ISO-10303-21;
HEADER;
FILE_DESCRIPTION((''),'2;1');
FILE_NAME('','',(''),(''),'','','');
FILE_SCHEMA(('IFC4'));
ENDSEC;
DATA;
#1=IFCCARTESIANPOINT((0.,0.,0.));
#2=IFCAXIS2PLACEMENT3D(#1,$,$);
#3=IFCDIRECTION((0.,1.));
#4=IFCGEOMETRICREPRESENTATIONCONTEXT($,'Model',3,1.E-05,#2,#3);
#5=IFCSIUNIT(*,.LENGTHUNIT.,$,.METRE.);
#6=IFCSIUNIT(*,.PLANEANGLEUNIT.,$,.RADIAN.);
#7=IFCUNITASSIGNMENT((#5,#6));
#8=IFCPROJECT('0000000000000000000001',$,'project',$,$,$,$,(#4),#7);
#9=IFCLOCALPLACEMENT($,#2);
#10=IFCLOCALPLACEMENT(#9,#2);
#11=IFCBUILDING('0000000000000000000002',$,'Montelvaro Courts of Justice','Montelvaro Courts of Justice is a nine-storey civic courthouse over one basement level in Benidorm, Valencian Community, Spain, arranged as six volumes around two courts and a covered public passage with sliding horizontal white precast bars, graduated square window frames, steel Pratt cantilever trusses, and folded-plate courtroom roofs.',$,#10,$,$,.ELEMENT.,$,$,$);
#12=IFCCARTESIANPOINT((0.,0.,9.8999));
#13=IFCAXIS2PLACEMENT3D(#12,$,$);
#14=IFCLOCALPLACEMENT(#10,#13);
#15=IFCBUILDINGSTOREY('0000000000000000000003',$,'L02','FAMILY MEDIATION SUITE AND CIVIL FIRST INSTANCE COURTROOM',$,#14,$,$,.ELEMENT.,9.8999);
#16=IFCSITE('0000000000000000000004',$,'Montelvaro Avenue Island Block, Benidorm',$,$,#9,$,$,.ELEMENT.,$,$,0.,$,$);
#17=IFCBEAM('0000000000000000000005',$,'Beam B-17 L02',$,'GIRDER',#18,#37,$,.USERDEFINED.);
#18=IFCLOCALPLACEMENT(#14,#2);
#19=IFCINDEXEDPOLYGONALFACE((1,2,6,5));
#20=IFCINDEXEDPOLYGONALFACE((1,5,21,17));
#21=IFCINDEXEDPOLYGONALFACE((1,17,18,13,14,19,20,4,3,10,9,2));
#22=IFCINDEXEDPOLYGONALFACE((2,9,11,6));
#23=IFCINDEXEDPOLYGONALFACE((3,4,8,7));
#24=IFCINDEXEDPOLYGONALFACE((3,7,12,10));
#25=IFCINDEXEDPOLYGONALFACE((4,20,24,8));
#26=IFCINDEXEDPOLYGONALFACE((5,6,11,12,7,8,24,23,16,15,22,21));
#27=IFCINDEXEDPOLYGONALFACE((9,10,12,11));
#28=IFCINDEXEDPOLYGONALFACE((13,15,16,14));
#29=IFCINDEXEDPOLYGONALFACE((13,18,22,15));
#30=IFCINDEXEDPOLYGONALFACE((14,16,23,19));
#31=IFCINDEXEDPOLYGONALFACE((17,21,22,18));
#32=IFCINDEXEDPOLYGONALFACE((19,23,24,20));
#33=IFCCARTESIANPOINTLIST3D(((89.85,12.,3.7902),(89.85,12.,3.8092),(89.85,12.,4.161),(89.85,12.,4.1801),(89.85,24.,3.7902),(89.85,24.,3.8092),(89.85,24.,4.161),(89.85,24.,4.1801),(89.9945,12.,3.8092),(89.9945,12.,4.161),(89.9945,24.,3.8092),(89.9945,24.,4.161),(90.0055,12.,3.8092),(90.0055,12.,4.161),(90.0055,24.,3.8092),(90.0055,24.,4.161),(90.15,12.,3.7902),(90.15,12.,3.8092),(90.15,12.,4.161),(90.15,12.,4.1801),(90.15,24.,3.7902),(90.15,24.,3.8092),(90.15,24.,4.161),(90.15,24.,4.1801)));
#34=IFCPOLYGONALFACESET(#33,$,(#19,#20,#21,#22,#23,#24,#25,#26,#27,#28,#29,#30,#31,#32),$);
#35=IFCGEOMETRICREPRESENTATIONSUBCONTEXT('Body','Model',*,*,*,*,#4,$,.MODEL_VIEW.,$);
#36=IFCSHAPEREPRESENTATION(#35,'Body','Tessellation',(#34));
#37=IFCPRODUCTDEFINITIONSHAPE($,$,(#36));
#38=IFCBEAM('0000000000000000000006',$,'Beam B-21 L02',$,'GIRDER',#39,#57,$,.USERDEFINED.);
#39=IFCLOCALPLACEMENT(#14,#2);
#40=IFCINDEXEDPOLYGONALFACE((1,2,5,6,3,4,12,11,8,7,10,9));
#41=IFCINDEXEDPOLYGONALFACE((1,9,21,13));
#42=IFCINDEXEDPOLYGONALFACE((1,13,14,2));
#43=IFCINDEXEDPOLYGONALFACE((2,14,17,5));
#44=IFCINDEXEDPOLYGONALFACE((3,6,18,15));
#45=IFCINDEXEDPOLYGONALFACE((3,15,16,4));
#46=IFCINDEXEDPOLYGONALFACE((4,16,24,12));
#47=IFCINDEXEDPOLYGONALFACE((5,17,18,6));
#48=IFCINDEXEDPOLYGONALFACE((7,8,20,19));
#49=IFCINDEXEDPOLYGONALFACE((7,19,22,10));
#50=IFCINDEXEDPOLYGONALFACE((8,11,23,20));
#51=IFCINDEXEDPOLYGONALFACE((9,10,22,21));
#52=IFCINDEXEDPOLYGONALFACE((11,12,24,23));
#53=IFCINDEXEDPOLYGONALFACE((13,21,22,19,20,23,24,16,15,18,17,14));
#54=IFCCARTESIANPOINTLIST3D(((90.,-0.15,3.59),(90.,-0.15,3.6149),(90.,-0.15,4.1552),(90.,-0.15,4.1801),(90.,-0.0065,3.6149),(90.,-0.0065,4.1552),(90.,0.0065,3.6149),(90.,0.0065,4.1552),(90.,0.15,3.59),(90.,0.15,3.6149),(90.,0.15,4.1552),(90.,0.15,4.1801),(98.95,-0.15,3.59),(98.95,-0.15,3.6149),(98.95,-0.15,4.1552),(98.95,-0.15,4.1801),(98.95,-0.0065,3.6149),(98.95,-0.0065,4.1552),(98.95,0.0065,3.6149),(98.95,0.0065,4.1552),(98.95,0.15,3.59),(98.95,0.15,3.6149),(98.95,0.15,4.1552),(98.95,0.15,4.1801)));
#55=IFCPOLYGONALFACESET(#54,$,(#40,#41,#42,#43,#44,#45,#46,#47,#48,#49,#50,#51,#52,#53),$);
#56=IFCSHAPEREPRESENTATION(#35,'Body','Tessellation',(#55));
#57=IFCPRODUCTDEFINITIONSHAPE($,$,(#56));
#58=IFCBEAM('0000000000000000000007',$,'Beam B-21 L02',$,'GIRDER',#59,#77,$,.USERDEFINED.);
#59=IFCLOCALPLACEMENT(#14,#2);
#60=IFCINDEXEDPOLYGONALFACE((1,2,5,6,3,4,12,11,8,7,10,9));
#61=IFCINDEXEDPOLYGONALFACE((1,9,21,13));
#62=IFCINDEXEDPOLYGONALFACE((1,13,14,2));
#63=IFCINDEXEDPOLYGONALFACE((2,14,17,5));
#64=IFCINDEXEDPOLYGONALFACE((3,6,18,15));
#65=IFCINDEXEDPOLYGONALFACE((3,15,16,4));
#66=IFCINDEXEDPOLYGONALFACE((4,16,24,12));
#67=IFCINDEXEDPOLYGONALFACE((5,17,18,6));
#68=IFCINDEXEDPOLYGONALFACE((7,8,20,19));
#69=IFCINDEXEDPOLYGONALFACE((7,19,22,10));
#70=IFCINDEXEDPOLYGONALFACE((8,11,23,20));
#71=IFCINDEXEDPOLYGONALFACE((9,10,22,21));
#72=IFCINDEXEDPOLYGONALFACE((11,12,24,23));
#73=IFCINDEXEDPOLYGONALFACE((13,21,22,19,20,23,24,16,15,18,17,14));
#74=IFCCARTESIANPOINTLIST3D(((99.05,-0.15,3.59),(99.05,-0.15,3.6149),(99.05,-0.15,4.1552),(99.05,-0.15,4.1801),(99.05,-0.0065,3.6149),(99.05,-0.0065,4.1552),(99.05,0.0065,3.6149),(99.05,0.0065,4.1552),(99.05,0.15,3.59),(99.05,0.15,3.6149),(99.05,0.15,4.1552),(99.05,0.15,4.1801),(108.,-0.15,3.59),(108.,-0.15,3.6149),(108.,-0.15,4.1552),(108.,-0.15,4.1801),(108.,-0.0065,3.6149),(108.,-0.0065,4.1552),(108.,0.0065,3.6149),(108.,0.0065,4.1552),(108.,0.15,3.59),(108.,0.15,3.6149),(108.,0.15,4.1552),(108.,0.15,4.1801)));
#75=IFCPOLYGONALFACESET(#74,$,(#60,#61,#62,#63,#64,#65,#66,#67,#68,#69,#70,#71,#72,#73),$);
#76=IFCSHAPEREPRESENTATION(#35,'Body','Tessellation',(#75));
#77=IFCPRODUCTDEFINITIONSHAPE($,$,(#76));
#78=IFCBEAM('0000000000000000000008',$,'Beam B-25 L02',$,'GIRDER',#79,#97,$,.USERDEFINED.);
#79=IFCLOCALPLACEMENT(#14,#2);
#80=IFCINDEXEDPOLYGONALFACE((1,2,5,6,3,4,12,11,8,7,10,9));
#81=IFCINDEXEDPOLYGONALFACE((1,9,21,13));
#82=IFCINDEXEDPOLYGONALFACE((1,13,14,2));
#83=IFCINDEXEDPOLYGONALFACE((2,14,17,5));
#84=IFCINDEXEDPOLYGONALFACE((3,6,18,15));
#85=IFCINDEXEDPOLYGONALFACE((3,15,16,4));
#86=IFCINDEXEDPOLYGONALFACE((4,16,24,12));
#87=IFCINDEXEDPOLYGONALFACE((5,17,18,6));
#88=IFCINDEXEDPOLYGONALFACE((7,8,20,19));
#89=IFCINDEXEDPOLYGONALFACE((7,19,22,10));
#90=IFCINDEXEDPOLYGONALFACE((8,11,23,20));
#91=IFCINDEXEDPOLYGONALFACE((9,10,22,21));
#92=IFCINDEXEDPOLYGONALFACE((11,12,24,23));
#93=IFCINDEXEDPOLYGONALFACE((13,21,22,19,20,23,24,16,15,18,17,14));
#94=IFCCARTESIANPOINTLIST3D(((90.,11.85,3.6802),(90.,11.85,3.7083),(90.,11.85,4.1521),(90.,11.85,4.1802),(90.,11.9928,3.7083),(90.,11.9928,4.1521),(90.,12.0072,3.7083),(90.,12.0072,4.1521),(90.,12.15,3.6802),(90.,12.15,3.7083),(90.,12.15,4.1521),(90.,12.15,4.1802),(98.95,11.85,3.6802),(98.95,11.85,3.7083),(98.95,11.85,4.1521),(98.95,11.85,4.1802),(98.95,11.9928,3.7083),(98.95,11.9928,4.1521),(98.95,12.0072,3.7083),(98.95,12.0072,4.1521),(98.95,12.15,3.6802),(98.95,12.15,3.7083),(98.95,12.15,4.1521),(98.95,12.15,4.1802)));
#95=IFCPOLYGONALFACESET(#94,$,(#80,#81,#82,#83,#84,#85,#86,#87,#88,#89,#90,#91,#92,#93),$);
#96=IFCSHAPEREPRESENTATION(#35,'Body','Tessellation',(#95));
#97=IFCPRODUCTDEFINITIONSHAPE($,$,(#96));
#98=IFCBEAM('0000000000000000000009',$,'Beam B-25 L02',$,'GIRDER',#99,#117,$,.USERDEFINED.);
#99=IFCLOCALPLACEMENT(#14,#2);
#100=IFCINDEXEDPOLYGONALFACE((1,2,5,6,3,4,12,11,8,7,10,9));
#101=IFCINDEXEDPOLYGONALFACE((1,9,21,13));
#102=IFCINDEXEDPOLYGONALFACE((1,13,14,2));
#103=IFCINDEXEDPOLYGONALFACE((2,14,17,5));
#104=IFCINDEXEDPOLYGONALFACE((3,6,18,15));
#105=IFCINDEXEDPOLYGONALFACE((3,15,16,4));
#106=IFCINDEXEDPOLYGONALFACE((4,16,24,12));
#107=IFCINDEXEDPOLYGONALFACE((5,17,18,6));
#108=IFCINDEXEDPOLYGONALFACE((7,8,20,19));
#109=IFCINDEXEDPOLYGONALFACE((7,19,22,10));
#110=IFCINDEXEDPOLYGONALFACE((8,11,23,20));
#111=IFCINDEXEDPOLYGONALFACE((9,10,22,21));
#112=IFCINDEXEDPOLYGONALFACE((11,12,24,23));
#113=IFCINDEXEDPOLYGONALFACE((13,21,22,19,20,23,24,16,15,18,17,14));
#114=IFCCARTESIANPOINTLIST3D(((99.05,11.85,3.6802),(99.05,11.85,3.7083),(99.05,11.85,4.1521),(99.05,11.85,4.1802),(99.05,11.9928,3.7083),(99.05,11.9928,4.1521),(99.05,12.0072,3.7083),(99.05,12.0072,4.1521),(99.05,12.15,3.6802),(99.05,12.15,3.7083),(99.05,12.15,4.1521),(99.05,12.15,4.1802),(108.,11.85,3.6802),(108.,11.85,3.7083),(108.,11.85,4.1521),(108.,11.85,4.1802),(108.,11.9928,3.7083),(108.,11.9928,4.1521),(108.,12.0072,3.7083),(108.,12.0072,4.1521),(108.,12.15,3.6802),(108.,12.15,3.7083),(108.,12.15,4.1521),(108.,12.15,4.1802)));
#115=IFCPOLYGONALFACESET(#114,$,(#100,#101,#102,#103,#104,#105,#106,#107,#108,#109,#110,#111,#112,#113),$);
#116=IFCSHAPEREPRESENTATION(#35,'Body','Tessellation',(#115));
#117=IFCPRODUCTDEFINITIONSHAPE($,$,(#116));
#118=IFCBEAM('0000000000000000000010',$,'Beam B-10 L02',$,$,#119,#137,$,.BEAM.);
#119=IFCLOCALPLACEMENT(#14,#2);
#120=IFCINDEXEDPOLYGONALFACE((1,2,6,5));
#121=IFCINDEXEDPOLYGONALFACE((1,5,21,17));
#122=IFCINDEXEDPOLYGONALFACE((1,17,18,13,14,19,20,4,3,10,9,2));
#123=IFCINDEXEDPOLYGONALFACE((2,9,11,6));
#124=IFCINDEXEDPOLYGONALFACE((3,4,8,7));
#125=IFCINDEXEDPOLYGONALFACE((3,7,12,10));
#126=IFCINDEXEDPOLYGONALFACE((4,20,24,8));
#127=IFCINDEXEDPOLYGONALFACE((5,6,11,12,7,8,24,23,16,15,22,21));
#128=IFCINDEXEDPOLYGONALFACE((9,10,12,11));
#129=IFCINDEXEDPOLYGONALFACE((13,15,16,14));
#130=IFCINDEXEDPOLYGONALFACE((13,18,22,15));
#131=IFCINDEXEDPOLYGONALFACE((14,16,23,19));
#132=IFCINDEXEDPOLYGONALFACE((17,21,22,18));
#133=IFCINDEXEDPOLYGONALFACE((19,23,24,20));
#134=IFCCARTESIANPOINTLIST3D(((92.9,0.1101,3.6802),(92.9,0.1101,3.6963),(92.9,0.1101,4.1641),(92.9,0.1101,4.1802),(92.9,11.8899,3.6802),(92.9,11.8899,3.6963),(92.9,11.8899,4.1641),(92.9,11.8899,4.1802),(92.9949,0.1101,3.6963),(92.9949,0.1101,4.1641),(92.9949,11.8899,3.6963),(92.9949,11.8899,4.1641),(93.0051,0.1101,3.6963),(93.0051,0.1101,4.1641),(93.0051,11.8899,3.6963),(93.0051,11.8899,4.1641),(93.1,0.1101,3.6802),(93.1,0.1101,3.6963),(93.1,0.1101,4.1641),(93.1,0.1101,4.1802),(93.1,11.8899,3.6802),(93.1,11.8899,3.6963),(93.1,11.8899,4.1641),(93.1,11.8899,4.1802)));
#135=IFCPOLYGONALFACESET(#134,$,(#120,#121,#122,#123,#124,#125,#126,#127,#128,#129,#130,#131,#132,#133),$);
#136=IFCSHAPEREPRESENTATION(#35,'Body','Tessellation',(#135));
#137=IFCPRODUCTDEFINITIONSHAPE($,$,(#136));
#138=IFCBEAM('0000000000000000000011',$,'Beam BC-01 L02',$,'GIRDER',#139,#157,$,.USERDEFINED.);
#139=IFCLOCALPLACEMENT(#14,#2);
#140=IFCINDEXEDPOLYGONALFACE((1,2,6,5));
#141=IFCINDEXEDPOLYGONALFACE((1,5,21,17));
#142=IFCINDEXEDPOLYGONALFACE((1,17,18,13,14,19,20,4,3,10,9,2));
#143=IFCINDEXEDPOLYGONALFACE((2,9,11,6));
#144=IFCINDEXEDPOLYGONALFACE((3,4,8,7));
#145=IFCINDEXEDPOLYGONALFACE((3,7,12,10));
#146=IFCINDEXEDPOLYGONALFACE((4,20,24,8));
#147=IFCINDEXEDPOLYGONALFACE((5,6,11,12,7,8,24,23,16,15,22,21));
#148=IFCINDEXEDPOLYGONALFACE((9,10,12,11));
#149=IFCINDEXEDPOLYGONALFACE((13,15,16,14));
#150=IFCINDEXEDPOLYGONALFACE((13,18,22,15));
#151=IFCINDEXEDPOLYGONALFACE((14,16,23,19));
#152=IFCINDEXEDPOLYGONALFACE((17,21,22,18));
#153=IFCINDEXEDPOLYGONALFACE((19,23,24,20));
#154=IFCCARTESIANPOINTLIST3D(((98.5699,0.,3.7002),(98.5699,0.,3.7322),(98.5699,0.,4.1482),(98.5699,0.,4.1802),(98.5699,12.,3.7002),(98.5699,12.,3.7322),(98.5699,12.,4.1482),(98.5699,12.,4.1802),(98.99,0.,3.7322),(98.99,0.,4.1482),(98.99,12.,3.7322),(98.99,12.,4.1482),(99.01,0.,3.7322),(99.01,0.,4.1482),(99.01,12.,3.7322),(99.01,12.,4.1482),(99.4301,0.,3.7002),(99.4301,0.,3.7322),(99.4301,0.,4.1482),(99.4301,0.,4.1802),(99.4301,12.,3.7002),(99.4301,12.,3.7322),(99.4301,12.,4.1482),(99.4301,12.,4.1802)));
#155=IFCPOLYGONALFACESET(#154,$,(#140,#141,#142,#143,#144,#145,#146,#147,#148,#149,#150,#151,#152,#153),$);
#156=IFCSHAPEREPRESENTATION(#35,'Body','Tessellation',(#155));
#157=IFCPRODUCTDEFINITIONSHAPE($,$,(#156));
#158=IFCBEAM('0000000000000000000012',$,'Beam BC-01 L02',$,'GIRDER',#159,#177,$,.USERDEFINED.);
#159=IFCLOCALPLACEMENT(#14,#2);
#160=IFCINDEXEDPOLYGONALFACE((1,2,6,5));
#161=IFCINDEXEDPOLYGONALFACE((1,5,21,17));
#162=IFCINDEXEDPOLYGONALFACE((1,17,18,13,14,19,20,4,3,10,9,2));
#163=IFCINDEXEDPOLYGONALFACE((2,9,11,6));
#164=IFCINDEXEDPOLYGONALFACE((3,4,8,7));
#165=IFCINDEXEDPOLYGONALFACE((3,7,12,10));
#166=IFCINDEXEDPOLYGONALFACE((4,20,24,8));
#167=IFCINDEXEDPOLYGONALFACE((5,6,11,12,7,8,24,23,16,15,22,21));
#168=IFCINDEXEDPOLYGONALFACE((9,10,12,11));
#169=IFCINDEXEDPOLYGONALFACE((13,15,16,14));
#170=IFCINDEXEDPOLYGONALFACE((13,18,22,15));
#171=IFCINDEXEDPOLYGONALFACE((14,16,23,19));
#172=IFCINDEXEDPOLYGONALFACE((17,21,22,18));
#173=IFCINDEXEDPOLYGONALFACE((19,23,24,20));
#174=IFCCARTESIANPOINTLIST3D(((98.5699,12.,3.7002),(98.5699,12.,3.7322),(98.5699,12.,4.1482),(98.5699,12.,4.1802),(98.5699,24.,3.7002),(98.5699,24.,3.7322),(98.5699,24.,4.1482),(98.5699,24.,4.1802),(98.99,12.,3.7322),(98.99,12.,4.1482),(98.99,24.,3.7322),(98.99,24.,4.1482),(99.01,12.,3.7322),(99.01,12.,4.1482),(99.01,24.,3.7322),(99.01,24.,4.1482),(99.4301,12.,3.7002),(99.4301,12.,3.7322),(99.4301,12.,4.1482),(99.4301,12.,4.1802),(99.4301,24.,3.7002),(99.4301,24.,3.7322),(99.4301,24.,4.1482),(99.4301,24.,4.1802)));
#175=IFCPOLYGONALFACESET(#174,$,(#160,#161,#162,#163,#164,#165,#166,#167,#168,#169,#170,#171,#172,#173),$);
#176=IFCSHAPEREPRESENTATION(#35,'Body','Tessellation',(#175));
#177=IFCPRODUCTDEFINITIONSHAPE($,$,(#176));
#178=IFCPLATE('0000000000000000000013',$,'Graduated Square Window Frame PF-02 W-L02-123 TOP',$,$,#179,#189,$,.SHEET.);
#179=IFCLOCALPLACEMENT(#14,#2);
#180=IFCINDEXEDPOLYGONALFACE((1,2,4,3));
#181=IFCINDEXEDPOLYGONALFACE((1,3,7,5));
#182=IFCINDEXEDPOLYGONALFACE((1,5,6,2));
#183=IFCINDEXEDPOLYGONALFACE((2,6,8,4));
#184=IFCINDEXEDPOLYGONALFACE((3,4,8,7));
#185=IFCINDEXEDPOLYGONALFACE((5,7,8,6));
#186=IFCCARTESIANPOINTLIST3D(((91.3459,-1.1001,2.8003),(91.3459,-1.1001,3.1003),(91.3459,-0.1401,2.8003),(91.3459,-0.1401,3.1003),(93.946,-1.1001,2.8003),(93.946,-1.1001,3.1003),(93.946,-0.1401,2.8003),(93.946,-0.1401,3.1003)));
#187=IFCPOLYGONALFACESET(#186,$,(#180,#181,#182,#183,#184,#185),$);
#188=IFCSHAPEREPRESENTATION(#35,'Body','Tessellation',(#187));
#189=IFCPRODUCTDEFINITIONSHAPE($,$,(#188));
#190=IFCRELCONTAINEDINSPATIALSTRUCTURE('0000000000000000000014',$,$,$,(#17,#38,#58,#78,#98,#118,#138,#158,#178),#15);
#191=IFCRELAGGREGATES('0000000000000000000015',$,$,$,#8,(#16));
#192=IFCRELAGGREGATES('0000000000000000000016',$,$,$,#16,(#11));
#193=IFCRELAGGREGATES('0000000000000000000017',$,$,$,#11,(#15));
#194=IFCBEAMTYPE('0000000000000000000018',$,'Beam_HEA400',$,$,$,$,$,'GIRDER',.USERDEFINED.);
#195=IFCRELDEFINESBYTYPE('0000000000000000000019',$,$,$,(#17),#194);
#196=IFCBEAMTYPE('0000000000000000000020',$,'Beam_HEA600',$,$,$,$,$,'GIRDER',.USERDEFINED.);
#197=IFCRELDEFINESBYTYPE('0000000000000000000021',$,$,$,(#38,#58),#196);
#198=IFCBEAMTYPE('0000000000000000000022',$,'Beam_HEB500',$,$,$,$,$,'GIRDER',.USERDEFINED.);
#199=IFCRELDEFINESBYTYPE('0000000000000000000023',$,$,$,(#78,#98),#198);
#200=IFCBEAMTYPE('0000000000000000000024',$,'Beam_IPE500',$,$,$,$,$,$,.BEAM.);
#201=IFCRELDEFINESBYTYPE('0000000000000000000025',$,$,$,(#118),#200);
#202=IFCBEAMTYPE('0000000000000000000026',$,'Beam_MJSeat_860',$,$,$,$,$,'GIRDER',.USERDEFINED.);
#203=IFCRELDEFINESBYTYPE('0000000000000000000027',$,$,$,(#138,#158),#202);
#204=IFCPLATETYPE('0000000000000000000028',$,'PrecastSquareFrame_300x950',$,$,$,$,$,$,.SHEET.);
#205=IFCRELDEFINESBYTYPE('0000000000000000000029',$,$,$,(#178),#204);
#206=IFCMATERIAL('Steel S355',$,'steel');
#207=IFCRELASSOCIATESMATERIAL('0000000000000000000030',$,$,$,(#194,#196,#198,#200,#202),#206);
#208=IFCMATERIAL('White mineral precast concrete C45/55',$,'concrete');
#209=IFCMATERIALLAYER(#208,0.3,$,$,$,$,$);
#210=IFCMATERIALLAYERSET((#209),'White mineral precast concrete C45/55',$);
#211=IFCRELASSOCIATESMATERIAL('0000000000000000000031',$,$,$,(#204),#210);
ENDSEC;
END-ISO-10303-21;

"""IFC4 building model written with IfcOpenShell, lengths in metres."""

from ifc_helpers import new_model, si_unit, direction, frame, origin, origin_2d, place, context, subcontext, project, spatial, rectangle, i_section, extrude, material, layer, layer_set, material_profile, profile_set, type_object, element, save


model = new_model("IFC4")

# Units and contexts
model_context = context("Model", 3, precision=1e-05, world=origin(), true_north=direction((0.0, 1.0)))
body_context = subcontext(model_context, "Body", "Model", "MODEL_VIEW")
ifc_project = project(units=[si_unit("LENGTHUNIT", "METRE"), si_unit("PLANEANGLEUNIT", "RADIAN")], contexts=[model_context])

# Site, building, storey
site_placement = place(None, origin())
site = spatial("IfcSite", under=ifc_project, at=site_placement, Name="Montelvaro Avenue Island Block, Benidorm", CompositionType="ELEMENT", RefElevation=0.0)
building_placement = place(site_placement, origin())
building = spatial("IfcBuilding", under=site, at=building_placement, Name="Montelvaro Courts of Justice", Description="Montelvaro Courts of Justice is a nine-storey civic courthouse over one basement level in Benidorm, Valencian Community, Spain, arranged as six volumes around two courts and a covered public passage with sliding horizontal white precast bars, graduated square window frames, steel Pratt cantilever trusses, and folded-plate courtroom roofs.", CompositionType="ELEMENT")
storey_placement = place(building_placement, frame((0.0, 0.0, 9.8999)))
storey = spatial("IfcBuildingStorey", under=building, at=storey_placement, Name="L02", Description="FAMILY MEDIATION SUITE AND CIVIL FIRST INSTANCE COURTROOM", CompositionType="ELEMENT", Elevation=9.8999)

# Shared definitions
ifc_material_1 = material(Name="Steel S355", Category="steel")

# Beams
ifc_material_profile_1 = material_profile(ifc_material_1, i_section(OverallWidth=0.3, OverallDepth=0.3899, WebThickness=0.011, FlangeThickness=0.019, at=origin_2d()), Name="HEA 400")
ifc_profile_set_1 = profile_set([ifc_material_profile_1], Name="Steel S355")
beam_type_1 = type_object("IfcBeamType", Name="Beam_HEA400", ElementType="GIRDER", PredefinedType="USERDEFINED", material=ifc_profile_set_1)
for number, where, z_axis, x_axis, name in (
    (1, (90.0, 12.0, 3.9851), (0.0, 1.0, 0.0), (-1.0, 0.0, 0.0), "Beam B-17 L02"),
):
    element("IfcBeam", number, at=place(storey_placement, frame(where, z_axis=z_axis, x_axis=x_axis)), inside=storey, type_object=beam_type_1, Name=name, ObjectType="GIRDER", PredefinedType="USERDEFINED", context=body_context, shape_type="SweptSolid", body=[
        extrude(i_section(OverallWidth=0.3, OverallDepth=0.3899, WebThickness=0.011, FlangeThickness=0.019, at=origin_2d()), origin(), (0.0, 0.0, 1.0), 12.0),
    ])
ifc_material_profile_2 = material_profile(ifc_material_1, i_section(OverallWidth=0.3, OverallDepth=0.5901, WebThickness=0.0129, FlangeThickness=0.0249, at=origin_2d()), Name="HEA 600")
ifc_profile_set_2 = profile_set([ifc_material_profile_2], Name="Steel S355")
beam_type_2 = type_object("IfcBeamType", Name="Beam_HEA600", ElementType="GIRDER", PredefinedType="USERDEFINED", material=ifc_profile_set_2)
for number, where, z_axis, x_axis, name in (
    (2, (90.0, 0.0, 3.885), (1.0, 0.0, 0.0), (0.0, 1.0, 0.0), "Beam B-21 L02"),
    (3, (99.05, 0.0, 3.885), (1.0, 0.0, 0.0), (0.0, 1.0, 0.0), "Beam B-21 L02"),
):
    element("IfcBeam", number, at=place(storey_placement, frame(where, z_axis=z_axis, x_axis=x_axis)), inside=storey, type_object=beam_type_2, Name=name, ObjectType="GIRDER", PredefinedType="USERDEFINED", context=body_context, shape_type="SweptSolid", body=[
        extrude(i_section(OverallWidth=0.3, OverallDepth=0.5901, WebThickness=0.0129, FlangeThickness=0.0249, at=origin_2d()), origin(), (0.0, 0.0, 1.0), 8.95),
    ])
ifc_material_profile_3 = material_profile(ifc_material_1, i_section(OverallWidth=0.3, OverallDepth=0.5, WebThickness=0.0144, FlangeThickness=0.0281, at=origin_2d()), Name="HEB 500")
ifc_profile_set_3 = profile_set([ifc_material_profile_3], Name="Steel S355")
beam_type_3 = type_object("IfcBeamType", Name="Beam_HEB500", ElementType="GIRDER", PredefinedType="USERDEFINED", material=ifc_profile_set_3)
for number, where, z_axis, x_axis, name in (
    (4, (90.0, 12.0, 3.9302), (1.0, 0.0, 0.0), (0.0, 1.0, 0.0), "Beam B-25 L02"),
    (5, (99.05, 12.0, 3.9302), (1.0, 0.0, 0.0), (0.0, 1.0, 0.0), "Beam B-25 L02"),
):
    element("IfcBeam", number, at=place(storey_placement, frame(where, z_axis=z_axis, x_axis=x_axis)), inside=storey, type_object=beam_type_3, Name=name, ObjectType="GIRDER", PredefinedType="USERDEFINED", context=body_context, shape_type="SweptSolid", body=[
        extrude(i_section(OverallWidth=0.3, OverallDepth=0.5, WebThickness=0.0144, FlangeThickness=0.0281, at=origin_2d()), origin(), (0.0, 0.0, 1.0), 8.95),
    ])
ifc_material_profile_4 = material_profile(ifc_material_1, i_section(OverallWidth=0.2, OverallDepth=0.5, WebThickness=0.0103, FlangeThickness=0.0161, at=origin_2d()), Name="IPE 500")
ifc_profile_set_4 = profile_set([ifc_material_profile_4], Name="Steel S355")
beam_type_4 = type_object("IfcBeamType", Name="Beam_IPE500", PredefinedType="BEAM", material=ifc_profile_set_4)
beam_1_placement = place(storey_placement, frame((93.0, 0.1101, 3.9302), z_axis=(0.0, 1.0, 0.0), x_axis=(-1.0, 0.0, 0.0)))
element("IfcBeam", 6, at=beam_1_placement, inside=storey, type_object=beam_type_4, Name="Beam B-10 L02", PredefinedType="BEAM", context=body_context, shape_type="SweptSolid", body=[
    extrude(i_section(OverallWidth=0.2, OverallDepth=0.5, WebThickness=0.0103, FlangeThickness=0.0161, at=origin_2d()), origin(), (0.0, 0.0, 1.0), 11.7798),
])
ifc_material_profile_5 = material_profile(ifc_material_1, i_section(OverallWidth=0.8601, OverallDepth=0.48, WebThickness=0.02, FlangeThickness=0.032, at=origin_2d()), Name="HL 480x860")
ifc_profile_set_5 = profile_set([ifc_material_profile_5], Name="Steel S355")
beam_type_5 = type_object("IfcBeamType", Name="Beam_MJSeat_860", ElementType="GIRDER", PredefinedType="USERDEFINED", material=ifc_profile_set_5)
for number, where, z_axis, x_axis, name in (
    (7, (99.0, 0.0, 3.9402), (0.0, 1.0, 0.0), (-1.0, 0.0, 0.0), "Beam BC-01 L02"),
    (8, (99.0, 12.0, 3.9402), (0.0, 1.0, 0.0), (-1.0, 0.0, 0.0), "Beam BC-01 L02"),
):
    element("IfcBeam", number, at=place(storey_placement, frame(where, z_axis=z_axis, x_axis=x_axis)), inside=storey, type_object=beam_type_5, Name=name, ObjectType="GIRDER", PredefinedType="USERDEFINED", context=body_context, shape_type="SweptSolid", body=[
        extrude(i_section(OverallWidth=0.8601, OverallDepth=0.48, WebThickness=0.02, FlangeThickness=0.032, at=origin_2d()), origin(), (0.0, 0.0, 1.0), 12.0),
    ])

# Plate
ifc_material_2 = material(Name="White mineral precast concrete C45/55", Category="concrete")
ifc_layer_1 = layer(ifc_material_2, 0.3)
ifc_layer_set_1 = layer_set([ifc_layer_1], Name="White mineral precast concrete C45/55")
plate_type = type_object("IfcPlateType", Name="PrecastSquareFrame_300x950", PredefinedType="SHEET", material=ifc_layer_set_1)
for number, where, z_axis, x_axis, name in (
    (9, (92.646, -0.6201, 2.8003), (0.0, 0.0, 1.0), (1.0, 0.0, 0.0), "Graduated Square Window Frame PF-02 W-L02-123 TOP"),
):
    element("IfcPlate", number, at=place(storey_placement, frame(where, z_axis=z_axis, x_axis=x_axis)), inside=storey, type_object=plate_type, Name=name, PredefinedType="SHEET", context=body_context, shape_type="SweptSolid", body=[
        extrude(rectangle(XDim=2.6001, YDim=0.96, at=origin_2d()), origin(), (0.0, 0.0, 1.0), 0.3),
    ])

save(model, "model.ifc")
